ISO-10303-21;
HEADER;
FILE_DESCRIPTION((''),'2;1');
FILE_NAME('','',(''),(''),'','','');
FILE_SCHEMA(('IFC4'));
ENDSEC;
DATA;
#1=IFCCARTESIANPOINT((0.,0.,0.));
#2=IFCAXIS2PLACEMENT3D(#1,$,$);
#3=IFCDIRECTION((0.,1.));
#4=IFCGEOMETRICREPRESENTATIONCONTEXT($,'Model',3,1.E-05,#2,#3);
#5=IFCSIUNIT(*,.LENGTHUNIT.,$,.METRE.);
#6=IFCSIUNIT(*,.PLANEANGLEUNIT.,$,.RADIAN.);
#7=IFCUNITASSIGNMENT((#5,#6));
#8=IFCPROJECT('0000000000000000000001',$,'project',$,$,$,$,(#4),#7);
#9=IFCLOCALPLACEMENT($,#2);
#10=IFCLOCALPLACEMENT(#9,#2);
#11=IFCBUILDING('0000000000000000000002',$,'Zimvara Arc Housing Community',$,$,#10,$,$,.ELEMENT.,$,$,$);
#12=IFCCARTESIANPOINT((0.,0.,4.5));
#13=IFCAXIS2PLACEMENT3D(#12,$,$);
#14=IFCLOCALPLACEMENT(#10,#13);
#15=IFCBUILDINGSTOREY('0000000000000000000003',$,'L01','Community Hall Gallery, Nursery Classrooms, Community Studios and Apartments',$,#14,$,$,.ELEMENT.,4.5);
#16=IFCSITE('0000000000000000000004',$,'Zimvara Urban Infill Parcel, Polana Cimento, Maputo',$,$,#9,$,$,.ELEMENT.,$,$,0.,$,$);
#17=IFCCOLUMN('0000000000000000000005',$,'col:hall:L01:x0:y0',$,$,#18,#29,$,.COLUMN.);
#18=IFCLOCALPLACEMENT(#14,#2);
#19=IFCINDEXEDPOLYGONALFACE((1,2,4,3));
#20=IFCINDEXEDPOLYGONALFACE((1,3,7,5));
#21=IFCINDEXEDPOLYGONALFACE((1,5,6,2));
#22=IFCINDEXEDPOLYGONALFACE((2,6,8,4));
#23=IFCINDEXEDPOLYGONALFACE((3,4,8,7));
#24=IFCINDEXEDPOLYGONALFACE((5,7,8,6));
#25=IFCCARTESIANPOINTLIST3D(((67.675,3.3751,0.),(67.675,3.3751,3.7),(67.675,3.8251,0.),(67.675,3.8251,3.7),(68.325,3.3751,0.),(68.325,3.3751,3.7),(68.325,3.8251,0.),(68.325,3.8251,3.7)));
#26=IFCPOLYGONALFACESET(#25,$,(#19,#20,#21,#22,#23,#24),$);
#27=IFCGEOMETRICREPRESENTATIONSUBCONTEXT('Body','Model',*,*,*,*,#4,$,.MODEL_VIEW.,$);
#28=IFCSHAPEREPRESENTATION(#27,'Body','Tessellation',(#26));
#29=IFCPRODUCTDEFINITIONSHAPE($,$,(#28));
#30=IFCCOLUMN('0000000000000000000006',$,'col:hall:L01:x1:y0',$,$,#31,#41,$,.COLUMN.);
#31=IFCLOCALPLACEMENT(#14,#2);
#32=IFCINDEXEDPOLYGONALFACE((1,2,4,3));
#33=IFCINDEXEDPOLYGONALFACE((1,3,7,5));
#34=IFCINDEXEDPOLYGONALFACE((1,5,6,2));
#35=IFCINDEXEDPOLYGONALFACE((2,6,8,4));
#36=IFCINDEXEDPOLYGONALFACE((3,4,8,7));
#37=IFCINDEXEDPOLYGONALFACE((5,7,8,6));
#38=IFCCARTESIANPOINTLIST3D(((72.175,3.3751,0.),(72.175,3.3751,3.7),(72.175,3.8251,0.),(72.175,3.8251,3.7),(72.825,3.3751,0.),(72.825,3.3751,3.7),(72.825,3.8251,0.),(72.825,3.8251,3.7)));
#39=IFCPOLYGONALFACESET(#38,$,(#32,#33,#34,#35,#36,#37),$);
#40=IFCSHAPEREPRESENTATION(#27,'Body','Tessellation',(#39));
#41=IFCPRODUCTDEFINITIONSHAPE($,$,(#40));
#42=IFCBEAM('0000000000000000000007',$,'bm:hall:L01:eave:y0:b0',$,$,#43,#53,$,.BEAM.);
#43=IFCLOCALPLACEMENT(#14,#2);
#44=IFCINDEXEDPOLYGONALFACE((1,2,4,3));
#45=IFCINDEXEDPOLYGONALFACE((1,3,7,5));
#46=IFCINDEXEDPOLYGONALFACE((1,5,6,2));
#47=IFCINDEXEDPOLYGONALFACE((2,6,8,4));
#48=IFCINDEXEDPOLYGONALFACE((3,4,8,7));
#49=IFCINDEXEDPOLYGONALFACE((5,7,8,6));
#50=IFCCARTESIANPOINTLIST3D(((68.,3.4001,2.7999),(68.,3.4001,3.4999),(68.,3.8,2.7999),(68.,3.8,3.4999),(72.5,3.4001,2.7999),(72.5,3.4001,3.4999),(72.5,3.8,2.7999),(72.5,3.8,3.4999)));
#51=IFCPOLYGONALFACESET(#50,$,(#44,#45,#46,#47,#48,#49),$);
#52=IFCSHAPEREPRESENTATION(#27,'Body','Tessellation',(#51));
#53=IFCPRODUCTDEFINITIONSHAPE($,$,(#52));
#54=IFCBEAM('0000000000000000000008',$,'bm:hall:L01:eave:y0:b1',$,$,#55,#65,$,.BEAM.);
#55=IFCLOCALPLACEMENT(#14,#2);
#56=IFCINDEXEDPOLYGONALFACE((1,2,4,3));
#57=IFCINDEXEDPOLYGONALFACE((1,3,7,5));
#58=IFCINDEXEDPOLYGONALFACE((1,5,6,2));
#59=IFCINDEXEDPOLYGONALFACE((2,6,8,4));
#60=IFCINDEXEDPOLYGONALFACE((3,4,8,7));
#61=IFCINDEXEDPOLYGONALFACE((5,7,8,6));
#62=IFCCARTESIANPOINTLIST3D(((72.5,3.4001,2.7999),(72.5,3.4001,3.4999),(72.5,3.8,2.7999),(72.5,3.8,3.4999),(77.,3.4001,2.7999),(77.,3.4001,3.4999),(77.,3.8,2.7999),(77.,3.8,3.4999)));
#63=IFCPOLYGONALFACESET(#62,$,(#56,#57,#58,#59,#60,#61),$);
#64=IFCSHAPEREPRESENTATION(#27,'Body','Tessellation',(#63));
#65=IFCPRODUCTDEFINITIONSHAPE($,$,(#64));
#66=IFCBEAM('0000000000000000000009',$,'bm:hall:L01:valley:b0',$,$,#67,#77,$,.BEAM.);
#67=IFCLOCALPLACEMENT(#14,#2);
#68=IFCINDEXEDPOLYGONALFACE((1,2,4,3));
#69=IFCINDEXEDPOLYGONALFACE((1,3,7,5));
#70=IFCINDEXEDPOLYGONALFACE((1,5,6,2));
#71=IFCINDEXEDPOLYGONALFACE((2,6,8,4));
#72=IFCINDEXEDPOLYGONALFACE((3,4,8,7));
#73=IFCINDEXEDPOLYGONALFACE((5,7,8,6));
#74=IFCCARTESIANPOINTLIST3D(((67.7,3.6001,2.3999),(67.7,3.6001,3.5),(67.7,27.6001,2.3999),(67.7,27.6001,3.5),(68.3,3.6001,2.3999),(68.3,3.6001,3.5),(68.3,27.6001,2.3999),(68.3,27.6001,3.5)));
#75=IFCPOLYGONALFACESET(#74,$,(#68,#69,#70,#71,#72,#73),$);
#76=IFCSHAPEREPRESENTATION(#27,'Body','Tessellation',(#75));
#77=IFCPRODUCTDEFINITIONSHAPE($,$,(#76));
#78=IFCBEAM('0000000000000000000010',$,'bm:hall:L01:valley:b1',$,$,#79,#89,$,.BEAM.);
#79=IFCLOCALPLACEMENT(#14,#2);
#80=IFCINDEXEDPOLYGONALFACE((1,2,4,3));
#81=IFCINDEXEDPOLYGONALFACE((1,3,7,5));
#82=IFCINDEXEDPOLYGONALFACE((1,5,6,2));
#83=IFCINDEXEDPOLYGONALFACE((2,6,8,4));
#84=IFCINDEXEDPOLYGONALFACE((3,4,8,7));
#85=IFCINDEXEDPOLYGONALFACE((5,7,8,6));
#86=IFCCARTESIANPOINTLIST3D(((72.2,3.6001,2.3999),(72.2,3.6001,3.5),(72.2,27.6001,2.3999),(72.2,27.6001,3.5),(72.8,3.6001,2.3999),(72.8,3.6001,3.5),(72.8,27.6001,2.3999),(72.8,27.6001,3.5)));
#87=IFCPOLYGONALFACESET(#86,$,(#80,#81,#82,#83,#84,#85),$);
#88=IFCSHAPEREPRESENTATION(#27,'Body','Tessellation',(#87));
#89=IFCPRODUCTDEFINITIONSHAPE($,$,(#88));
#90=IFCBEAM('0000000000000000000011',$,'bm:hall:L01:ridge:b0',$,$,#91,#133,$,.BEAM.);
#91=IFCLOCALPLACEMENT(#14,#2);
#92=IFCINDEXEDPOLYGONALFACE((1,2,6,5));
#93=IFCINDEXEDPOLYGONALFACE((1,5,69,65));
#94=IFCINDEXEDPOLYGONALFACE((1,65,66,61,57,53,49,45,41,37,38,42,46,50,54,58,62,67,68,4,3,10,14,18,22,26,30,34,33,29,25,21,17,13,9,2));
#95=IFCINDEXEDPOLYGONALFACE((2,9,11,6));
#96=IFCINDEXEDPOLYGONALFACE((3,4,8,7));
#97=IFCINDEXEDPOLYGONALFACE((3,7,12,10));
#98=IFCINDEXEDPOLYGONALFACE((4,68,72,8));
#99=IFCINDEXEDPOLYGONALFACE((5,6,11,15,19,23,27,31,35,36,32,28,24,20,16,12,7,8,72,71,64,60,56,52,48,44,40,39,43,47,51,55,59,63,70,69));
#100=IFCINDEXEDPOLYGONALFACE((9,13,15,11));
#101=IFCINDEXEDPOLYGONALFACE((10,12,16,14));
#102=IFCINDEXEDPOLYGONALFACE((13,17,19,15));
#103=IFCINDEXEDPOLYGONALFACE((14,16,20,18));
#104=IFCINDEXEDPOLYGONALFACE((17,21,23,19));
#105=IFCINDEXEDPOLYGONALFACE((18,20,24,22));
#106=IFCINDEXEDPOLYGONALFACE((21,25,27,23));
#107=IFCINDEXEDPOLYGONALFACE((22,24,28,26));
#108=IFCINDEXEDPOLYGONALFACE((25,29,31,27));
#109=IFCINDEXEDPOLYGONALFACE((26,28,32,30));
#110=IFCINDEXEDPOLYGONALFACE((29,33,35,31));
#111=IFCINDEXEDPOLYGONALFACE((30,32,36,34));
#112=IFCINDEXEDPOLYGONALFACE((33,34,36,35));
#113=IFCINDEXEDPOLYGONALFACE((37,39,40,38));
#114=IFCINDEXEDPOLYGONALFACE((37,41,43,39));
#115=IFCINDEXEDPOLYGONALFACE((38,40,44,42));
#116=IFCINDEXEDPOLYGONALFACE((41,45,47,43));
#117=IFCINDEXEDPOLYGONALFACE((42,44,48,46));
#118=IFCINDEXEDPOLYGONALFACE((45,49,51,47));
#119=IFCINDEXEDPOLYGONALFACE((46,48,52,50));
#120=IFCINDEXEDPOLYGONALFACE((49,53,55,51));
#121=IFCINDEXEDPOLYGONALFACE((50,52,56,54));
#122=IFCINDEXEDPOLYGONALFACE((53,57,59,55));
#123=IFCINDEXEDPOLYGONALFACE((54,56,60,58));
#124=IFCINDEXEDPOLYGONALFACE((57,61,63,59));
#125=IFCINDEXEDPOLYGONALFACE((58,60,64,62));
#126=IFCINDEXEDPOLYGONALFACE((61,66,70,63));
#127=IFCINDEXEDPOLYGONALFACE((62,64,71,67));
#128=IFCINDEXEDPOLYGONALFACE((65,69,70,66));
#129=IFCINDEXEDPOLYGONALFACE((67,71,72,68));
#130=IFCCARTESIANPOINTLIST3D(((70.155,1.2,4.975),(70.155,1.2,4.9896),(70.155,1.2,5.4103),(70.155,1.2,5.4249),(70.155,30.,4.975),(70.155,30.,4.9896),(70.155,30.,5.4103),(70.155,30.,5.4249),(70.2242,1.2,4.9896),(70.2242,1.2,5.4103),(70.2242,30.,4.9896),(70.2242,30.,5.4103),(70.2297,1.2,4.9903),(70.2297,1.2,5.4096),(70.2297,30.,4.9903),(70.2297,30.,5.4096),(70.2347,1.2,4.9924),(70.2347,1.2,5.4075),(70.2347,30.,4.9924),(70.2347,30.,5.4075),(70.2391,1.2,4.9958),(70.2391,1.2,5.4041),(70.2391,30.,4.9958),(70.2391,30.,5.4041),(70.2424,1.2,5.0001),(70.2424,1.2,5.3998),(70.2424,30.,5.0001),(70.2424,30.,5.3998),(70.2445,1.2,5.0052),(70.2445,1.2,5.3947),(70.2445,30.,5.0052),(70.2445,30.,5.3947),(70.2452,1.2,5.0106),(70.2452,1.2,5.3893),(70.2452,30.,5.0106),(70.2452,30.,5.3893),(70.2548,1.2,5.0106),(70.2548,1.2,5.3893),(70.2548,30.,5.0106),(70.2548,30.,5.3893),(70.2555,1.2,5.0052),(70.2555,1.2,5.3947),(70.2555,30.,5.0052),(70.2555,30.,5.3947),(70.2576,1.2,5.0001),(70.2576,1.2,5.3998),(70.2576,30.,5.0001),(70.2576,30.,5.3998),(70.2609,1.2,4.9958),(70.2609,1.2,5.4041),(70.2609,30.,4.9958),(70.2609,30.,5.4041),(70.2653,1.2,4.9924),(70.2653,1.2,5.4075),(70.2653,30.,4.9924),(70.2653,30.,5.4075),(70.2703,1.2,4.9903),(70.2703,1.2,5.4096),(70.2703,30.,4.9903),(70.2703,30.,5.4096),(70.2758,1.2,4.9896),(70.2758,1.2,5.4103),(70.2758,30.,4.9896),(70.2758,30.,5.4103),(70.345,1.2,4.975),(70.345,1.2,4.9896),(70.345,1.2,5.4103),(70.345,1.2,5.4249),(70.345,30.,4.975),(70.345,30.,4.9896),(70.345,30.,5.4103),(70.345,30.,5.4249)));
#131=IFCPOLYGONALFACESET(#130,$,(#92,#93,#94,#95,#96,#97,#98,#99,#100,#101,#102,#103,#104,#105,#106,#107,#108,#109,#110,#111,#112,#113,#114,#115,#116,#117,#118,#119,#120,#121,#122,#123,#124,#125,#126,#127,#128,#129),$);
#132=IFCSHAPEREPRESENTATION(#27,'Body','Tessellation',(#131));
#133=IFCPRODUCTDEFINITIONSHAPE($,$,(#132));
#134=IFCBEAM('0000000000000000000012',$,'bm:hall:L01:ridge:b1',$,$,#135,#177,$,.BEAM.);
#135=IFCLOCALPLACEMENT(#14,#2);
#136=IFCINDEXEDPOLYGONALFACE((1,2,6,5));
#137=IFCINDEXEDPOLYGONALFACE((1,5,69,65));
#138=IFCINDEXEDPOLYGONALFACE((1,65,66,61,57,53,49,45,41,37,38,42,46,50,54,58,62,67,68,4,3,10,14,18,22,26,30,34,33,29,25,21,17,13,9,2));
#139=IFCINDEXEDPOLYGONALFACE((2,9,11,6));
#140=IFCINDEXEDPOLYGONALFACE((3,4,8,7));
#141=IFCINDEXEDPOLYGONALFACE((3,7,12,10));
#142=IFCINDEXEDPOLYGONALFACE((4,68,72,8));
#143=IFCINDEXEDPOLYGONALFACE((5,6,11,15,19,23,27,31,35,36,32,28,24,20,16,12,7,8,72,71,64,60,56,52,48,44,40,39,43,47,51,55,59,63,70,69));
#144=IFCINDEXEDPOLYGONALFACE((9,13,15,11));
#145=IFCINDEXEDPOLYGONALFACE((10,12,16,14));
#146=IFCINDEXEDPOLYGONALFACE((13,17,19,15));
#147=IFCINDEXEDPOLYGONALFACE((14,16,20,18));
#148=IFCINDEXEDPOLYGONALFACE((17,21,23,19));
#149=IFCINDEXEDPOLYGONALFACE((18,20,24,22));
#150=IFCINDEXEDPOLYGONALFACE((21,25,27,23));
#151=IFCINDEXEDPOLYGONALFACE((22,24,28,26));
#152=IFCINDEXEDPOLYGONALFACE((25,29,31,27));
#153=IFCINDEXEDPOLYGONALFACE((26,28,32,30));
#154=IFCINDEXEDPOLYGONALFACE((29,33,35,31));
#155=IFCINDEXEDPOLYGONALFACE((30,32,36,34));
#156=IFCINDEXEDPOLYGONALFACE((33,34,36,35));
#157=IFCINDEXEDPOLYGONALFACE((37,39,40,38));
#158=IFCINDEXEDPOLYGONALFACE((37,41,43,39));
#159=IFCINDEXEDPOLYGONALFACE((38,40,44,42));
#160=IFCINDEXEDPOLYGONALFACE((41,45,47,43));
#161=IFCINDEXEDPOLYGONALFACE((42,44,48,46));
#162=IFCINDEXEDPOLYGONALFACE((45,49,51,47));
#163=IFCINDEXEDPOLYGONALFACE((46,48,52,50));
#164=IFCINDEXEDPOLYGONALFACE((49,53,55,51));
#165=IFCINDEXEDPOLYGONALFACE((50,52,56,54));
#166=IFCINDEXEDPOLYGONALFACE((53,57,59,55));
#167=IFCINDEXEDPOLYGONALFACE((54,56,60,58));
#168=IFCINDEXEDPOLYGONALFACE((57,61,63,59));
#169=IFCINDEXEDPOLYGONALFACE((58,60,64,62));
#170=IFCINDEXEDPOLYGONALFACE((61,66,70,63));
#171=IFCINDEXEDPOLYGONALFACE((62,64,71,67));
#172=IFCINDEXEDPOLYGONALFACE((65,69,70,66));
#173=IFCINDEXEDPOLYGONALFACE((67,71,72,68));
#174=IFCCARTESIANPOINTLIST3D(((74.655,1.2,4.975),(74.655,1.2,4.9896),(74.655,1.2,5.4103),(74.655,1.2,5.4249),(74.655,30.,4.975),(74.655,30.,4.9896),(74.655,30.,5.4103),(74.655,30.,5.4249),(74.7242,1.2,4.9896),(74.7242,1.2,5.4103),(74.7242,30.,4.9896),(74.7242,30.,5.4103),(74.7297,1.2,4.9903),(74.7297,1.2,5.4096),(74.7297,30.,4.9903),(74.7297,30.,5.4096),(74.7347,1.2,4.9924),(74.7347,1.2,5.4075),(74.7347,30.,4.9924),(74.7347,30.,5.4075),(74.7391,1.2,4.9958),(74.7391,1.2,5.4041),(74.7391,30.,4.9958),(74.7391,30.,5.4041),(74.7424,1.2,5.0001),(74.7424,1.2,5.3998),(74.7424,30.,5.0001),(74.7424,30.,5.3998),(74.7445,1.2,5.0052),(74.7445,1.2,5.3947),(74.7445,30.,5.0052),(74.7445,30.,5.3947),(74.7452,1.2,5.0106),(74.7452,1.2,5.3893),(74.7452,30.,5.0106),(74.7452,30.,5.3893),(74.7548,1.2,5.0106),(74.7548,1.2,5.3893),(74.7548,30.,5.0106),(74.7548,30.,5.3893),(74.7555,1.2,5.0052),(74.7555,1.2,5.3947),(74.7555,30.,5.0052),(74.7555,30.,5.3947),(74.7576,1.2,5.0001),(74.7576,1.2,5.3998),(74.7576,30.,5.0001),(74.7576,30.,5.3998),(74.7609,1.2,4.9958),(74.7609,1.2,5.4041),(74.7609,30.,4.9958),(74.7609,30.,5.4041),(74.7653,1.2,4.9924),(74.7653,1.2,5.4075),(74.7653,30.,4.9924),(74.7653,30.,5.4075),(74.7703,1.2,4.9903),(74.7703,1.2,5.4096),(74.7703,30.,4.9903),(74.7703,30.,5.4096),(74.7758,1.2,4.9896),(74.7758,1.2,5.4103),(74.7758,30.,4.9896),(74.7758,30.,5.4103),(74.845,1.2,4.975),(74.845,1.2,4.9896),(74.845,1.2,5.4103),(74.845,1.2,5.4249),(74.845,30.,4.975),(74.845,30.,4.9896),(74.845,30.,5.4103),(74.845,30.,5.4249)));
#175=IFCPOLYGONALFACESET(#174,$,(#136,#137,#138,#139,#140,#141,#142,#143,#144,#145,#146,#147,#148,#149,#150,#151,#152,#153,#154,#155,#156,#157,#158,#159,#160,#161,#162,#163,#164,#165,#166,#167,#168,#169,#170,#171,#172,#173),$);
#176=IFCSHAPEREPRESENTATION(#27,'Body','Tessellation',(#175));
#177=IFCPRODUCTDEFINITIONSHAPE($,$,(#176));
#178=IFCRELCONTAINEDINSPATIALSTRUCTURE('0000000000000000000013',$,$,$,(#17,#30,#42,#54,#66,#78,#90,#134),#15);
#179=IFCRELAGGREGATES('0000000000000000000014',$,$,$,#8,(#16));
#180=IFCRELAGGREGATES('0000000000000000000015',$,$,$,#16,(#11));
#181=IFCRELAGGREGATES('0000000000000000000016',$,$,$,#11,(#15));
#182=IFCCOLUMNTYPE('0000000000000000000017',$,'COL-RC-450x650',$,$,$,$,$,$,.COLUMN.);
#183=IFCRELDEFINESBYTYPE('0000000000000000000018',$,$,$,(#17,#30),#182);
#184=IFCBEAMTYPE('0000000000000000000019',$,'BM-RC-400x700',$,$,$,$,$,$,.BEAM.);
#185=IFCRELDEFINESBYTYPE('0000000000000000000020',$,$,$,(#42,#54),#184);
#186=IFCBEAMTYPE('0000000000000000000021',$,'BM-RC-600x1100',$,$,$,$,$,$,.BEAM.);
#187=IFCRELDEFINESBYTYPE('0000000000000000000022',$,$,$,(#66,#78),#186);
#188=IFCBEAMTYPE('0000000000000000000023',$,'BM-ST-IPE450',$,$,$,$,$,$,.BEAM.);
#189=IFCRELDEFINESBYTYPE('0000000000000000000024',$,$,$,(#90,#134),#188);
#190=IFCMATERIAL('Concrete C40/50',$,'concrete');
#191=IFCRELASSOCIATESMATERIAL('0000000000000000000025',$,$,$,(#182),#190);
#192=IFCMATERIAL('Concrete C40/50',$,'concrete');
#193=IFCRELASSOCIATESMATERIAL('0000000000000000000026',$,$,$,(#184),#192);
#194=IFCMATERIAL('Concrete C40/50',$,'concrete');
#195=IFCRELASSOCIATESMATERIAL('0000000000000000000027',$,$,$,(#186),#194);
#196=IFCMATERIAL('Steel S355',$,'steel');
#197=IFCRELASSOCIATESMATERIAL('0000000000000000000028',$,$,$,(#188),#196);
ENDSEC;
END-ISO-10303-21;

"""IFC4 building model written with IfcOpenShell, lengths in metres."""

from ifc_helpers import new_model, si_unit, direction, frame, origin, origin_2d, place, context, subcontext, project, spatial, rectangle, i_section, extrude, material, material_profile, profile_set, type_object, element, save


model = new_model("IFC4")

# Units and contexts
model_context = context("Model", 3, precision=1e-05, world=origin(), true_north=direction((0.0, 1.0)))
body_context = subcontext(model_context, "Body", "Model", "MODEL_VIEW")
ifc_project = project(units=[si_unit("LENGTHUNIT", "METRE"), si_unit("PLANEANGLEUNIT", "RADIAN")], contexts=[model_context])

# Site, building, storey
site_placement = place(None, origin())
site = spatial("IfcSite", under=ifc_project, at=site_placement, Name="Zimvara Urban Infill Parcel, Polana Cimento, Maputo", CompositionType="ELEMENT", RefElevation=0.0)
building_placement = place(site_placement, origin())
building = spatial("IfcBuilding", under=site, at=building_placement, Name="Zimvara Arc Housing Community", CompositionType="ELEMENT")
storey_placement = place(building_placement, frame((0.0, 0.0, 4.5)))
storey = spatial("IfcBuildingStorey", under=building, at=storey_placement, Name="L01", Description="Community Hall Gallery, Nursery Classrooms, Community Studios and Apartments", CompositionType="ELEMENT", Elevation=4.5)

# Columns
ifc_material_1 = material(Name="Concrete C40/50", Category="concrete")
ifc_material_profile_1 = material_profile(ifc_material_1, rectangle(XDim=0.45, YDim=0.6499, at=origin_2d()), Name="RC 450x650")
ifc_profile_set_1 = profile_set([ifc_material_profile_1], Name="Concrete C40/50")
column_type = type_object("IfcColumnType", Name="COL-RC-450x650", PredefinedType="COLUMN", material=ifc_profile_set_1)
for number, where, z_axis, x_axis, name in (
    (1, (68.0, 3.6001, 0.0), (0.0, 0.0, 1.0), (0.0, 1.0, 0.0), "col:hall:L01:x0:y0"),
    (2, (72.5, 3.6001, 0.0), (0.0, 0.0, 1.0), (0.0, 1.0, 0.0), "col:hall:L01:x1:y0"),
):
    element("IfcColumn", number, at=place(storey_placement, frame(where, z_axis=z_axis, x_axis=x_axis)), inside=storey, type_object=column_type, Name=name, PredefinedType="COLUMN", context=body_context, shape_type="SweptSolid", body=[
        extrude(rectangle(XDim=0.45, YDim=0.6499, at=origin_2d()), origin(), (0.0, 0.0, 1.0), 3.7),
    ])

# Beams
ifc_material_2 = material(Name="Concrete C40/50", Category="concrete")
ifc_material_profile_2 = material_profile(ifc_material_2, rectangle(XDim=0.3999, YDim=0.7, at=origin_2d()), Name="RC 400x700")
ifc_profile_set_2 = profile_set([ifc_material_profile_2], Name="Concrete C40/50")
beam_type_1 = type_object("IfcBeamType", Name="BM-RC-400x700", PredefinedType="BEAM", material=ifc_profile_set_2)
for number, where, z_axis, x_axis, name in (
    (3, (68.0, 3.6001, 3.1499), (1.0, 0.0, 0.0), (0.0, 1.0, 0.0), "bm:hall:L01:eave:y0:b0"),
    (4, (72.5, 3.6001, 3.1499), (1.0, 0.0, 0.0), (0.0, 1.0, 0.0), "bm:hall:L01:eave:y0:b1"),
):
    element("IfcBeam", number, at=place(storey_placement, frame(where, z_axis=z_axis, x_axis=x_axis)), inside=storey, type_object=beam_type_1, Name=name, PredefinedType="BEAM", context=body_context, shape_type="SweptSolid", body=[
        extrude(rectangle(XDim=0.3999, YDim=0.7, at=origin_2d()), origin(), (0.0, 0.0, 1.0), 4.5),
    ])
ifc_material_3 = material(Name="Concrete C40/50", Category="concrete")
ifc_material_profile_3 = material_profile(ifc_material_3, rectangle(XDim=0.6001, YDim=1.1001, at=origin_2d()), Name="RC 600x1100")
ifc_profile_set_3 = profile_set([ifc_material_profile_3], Name="Concrete C40/50")
beam_type_2 = type_object("IfcBeamType", Name="BM-RC-600x1100", PredefinedType="BEAM", material=ifc_profile_set_3)
for number, where, z_axis, x_axis, name in (
    (5, (68.0, 3.6001, 2.95), (0.0, 1.0, 0.0), (-1.0, 0.0, 0.0), "bm:hall:L01:valley:b0"),
    (6, (72.5, 3.6001, 2.95), (0.0, 1.0, 0.0), (-1.0, 0.0, 0.0), "bm:hall:L01:valley:b1"),
):
    element("IfcBeam", number, at=place(storey_placement, frame(where, z_axis=z_axis, x_axis=x_axis)), inside=storey, type_object=beam_type_2, Name=name, PredefinedType="BEAM", context=body_context, shape_type="SweptSolid", body=[
        extrude(rectangle(XDim=0.6001, YDim=1.1001, at=origin_2d()), origin(), (0.0, 0.0, 1.0), 24.0),
    ])
ifc_material_4 = material(Name="Steel S355", Category="steel")
ifc_material_profile_4 = material_profile(ifc_material_4, i_section(OverallWidth=0.1899, OverallDepth=0.45, WebThickness=0.0095, FlangeThickness=0.0146, FilletRadius=0.021, at=origin_2d()), Name="IPE 450")
ifc_profile_set_4 = profile_set([ifc_material_profile_4], Name="Steel S355")
beam_type_3 = type_object("IfcBeamType", Name="BM-ST-IPE450", PredefinedType="BEAM", material=ifc_profile_set_4)
for number, where, z_axis, x_axis, name in (
    (7, (70.25, 1.2, 5.2), (0.0, 1.0, 0.0), (-1.0, 0.0, 0.0), "bm:hall:L01:ridge:b0"),
    (8, (74.75, 1.2, 5.2), (0.0, 1.0, 0.0), (-1.0, 0.0, 0.0), "bm:hall:L01:ridge:b1"),
):
    element("IfcBeam", number, at=place(storey_placement, frame(where, z_axis=z_axis, x_axis=x_axis)), inside=storey, type_object=beam_type_3, Name=name, PredefinedType="BEAM", context=body_context, shape_type="SweptSolid", body=[
        extrude(i_section(OverallWidth=0.1899, OverallDepth=0.45, WebThickness=0.0095, FlangeThickness=0.0146, FilletRadius=0.021, at=origin_2d()), origin(), (0.0, 0.0, 1.0), 28.8),
    ])

save(model, "model.ifc")
